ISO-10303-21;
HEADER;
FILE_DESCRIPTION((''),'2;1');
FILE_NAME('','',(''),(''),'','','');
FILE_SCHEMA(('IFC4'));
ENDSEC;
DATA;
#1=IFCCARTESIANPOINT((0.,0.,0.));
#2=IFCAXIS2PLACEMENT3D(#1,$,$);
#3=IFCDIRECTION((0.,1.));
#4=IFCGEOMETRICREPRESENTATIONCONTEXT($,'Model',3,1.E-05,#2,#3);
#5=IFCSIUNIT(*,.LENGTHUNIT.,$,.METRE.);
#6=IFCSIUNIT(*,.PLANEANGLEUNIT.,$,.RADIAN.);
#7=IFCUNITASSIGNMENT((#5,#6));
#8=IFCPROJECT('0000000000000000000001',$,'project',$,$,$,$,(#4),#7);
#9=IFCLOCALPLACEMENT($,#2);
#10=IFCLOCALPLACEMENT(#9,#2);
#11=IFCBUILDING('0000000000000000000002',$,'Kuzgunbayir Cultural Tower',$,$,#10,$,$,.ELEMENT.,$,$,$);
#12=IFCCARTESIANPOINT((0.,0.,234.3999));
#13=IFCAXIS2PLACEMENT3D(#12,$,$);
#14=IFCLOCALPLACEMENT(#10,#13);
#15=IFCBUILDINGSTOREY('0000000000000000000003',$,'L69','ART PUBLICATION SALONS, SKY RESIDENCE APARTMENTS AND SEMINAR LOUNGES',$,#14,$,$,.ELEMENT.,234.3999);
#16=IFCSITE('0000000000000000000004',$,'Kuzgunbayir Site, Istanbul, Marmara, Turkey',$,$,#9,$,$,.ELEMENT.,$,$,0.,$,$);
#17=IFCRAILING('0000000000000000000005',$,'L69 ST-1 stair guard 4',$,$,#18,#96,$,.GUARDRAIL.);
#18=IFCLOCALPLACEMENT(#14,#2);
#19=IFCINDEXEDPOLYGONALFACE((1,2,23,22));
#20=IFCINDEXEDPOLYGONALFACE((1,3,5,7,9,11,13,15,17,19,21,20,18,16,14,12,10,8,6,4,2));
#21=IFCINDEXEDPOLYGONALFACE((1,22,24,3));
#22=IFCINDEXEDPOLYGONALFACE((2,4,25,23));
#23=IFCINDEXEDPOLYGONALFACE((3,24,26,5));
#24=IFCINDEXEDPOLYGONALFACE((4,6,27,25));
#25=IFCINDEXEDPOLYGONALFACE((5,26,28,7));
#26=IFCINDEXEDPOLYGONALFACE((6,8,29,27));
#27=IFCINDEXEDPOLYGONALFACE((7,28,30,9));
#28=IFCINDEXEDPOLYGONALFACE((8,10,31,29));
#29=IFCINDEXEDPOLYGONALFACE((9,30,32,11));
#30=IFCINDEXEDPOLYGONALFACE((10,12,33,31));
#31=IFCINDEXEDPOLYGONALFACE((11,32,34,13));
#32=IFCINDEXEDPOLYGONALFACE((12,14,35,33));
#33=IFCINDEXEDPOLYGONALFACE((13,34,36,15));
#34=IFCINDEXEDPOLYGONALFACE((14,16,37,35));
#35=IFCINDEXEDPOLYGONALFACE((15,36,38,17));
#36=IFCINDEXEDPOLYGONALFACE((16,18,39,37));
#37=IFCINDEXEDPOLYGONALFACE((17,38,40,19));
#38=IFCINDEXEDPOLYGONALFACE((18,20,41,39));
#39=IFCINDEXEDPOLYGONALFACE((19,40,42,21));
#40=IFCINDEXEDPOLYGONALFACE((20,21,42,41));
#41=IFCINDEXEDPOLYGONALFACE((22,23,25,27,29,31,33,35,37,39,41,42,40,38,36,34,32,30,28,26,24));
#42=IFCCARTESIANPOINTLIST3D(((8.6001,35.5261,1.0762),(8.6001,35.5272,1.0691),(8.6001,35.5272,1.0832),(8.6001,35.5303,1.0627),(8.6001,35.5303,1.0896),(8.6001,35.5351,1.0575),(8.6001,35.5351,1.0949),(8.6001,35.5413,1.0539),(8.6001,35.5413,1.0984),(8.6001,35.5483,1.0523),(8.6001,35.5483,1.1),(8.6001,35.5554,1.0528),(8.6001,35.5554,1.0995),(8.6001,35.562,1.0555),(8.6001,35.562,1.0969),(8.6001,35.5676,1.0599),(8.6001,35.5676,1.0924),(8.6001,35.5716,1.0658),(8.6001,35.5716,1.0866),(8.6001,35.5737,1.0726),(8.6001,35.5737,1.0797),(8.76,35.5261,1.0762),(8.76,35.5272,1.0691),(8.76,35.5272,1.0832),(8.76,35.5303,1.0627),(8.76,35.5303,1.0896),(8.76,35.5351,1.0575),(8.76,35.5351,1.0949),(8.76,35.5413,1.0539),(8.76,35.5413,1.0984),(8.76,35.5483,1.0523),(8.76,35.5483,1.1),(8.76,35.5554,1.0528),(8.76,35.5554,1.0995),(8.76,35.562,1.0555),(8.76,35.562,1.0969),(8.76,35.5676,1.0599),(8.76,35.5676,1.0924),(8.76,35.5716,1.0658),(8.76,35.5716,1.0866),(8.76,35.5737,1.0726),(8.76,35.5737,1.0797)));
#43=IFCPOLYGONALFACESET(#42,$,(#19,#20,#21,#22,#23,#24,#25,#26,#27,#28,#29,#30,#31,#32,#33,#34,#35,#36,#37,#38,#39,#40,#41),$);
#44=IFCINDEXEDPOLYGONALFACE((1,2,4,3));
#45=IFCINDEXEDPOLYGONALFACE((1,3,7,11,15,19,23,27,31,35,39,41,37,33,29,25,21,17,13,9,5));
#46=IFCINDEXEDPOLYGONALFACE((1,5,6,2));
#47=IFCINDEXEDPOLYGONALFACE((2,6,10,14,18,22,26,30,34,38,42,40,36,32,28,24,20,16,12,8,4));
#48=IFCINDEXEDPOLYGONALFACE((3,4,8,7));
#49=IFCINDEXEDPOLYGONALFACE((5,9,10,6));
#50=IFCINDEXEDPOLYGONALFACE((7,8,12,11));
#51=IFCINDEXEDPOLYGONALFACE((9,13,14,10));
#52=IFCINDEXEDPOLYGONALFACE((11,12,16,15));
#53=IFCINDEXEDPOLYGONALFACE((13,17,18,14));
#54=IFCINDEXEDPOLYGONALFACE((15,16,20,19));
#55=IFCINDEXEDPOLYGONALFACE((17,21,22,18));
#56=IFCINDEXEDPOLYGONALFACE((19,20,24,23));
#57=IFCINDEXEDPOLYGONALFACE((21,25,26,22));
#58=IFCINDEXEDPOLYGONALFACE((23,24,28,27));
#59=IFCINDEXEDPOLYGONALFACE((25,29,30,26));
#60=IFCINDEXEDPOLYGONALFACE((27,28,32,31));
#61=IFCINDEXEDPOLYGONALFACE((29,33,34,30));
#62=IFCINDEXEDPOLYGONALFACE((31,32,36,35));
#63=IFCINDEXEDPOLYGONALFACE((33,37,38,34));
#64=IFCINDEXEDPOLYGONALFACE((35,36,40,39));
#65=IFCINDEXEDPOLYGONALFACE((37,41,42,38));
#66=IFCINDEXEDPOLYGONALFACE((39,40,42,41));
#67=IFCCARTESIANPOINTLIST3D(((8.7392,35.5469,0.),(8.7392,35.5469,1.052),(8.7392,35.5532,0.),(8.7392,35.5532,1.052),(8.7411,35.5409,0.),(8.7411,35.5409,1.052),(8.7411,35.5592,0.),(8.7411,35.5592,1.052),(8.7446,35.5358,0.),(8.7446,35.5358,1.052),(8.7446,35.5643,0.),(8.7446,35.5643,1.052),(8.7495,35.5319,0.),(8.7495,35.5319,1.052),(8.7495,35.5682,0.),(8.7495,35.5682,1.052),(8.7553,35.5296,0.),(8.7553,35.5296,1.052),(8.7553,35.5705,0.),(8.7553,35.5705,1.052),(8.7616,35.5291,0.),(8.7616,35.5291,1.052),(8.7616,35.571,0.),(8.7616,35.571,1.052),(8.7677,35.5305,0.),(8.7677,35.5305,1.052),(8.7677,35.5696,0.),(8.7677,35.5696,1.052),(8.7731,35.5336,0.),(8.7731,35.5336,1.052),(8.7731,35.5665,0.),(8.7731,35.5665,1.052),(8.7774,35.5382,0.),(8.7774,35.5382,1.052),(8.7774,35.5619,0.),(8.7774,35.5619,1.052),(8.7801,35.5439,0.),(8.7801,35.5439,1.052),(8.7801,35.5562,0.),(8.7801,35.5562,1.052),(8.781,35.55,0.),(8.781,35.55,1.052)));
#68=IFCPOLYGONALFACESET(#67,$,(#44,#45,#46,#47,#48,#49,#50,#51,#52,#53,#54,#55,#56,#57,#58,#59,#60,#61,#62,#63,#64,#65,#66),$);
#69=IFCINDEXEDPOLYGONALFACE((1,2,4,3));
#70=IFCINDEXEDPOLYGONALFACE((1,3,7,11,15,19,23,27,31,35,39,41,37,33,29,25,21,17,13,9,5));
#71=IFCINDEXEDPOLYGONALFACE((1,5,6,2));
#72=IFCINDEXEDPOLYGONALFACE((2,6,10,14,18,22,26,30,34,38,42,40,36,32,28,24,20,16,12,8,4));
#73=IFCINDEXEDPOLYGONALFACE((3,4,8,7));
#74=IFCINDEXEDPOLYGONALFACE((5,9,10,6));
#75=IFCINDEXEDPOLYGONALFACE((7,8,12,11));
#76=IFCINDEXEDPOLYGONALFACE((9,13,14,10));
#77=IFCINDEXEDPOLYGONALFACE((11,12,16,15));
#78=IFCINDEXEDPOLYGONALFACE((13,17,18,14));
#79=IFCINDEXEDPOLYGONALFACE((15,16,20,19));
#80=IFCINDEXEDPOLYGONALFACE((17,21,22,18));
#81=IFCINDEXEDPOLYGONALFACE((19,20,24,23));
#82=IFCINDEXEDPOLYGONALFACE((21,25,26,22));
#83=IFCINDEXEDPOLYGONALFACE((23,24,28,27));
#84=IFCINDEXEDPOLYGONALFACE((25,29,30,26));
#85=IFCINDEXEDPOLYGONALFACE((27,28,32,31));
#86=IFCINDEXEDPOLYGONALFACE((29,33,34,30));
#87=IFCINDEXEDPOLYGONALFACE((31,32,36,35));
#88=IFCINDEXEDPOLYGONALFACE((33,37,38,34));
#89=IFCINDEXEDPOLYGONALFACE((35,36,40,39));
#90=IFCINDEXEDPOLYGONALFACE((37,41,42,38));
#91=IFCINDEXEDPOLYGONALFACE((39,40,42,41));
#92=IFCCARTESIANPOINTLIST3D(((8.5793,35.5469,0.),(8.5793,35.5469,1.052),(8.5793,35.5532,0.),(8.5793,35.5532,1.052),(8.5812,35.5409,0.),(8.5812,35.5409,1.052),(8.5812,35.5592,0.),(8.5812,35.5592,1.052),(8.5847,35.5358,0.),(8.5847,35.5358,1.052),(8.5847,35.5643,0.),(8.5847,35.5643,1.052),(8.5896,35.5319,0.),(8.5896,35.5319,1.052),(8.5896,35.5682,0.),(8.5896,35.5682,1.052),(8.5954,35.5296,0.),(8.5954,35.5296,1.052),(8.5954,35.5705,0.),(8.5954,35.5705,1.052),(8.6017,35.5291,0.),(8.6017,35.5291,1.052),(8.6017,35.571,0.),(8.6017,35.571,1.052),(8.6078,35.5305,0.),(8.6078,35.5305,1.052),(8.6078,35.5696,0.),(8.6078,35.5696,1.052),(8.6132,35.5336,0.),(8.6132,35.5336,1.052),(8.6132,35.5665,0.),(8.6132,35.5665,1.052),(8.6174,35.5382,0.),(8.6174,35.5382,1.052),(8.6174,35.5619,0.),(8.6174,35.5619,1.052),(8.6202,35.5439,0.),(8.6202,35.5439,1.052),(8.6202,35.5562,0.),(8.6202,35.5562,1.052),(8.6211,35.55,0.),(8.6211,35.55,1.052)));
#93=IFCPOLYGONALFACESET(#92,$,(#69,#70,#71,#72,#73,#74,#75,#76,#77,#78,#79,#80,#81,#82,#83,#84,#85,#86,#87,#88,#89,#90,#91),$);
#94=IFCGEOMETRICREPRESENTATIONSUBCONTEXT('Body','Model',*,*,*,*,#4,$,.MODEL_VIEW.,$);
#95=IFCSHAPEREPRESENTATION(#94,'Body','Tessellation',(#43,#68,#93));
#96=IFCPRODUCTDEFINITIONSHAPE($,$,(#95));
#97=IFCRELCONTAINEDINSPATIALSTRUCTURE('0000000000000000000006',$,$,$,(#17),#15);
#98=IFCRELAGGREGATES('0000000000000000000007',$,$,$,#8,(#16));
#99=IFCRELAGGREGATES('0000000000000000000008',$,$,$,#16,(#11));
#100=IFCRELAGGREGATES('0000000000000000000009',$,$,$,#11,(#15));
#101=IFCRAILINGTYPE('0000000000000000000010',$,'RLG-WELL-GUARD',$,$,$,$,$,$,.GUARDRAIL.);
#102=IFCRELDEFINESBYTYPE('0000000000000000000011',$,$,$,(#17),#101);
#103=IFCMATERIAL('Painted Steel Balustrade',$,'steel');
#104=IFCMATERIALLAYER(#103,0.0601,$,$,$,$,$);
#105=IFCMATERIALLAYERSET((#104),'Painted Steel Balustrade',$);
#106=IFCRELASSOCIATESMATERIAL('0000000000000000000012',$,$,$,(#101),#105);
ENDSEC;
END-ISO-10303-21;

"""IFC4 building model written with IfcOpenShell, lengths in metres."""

from ifc_helpers import new_model, si_unit, direction, frame, origin, origin_2d, place, context, subcontext, project, spatial, circle, extrude, material, layer, layer_set, type_object, element, save


model = new_model("IFC4")

# Units and contexts
model_context = context("Model", 3, precision=1e-05, world=origin(), true_north=direction((0.0, 1.0)))
body_context = subcontext(model_context, "Body", "Model", "MODEL_VIEW")
ifc_project = project(units=[si_unit("LENGTHUNIT", "METRE"), si_unit("PLANEANGLEUNIT", "RADIAN")], contexts=[model_context])

# Site, building, storey
site_placement = place(None, origin())
site = spatial("IfcSite", under=ifc_project, at=site_placement, Name="Kuzgunbayir Site, Istanbul, Marmara, Turkey", CompositionType="ELEMENT", RefElevation=0.0)
building_placement = place(site_placement, origin())
building = spatial("IfcBuilding", under=site, at=building_placement, Name="Kuzgunbayir Cultural Tower", CompositionType="ELEMENT")
storey_placement = place(building_placement, frame((0.0, 0.0, 234.3999)))
storey = spatial("IfcBuildingStorey", under=building, at=storey_placement, Name="L69", Description="ART PUBLICATION SALONS, SKY RESIDENCE APARTMENTS AND SEMINAR LOUNGES", CompositionType="ELEMENT", Elevation=234.3999)

# Railing
ifc_material_1 = material(Name="Painted Steel Balustrade", Category="steel")
ifc_layer_1 = layer(ifc_material_1, 0.0601)
ifc_layer_set_1 = layer_set([ifc_layer_1], Name="Painted Steel Balustrade")
railing_type_1 = type_object("IfcRailingType", Name="RLG-WELL-GUARD", PredefinedType="GUARDRAIL", material=ifc_layer_set_1)
railing_1_placement = place(storey_placement, frame((8.76, 35.55, 0.0)))
element("IfcRailing", 1, at=railing_1_placement, inside=storey, type_object=railing_type_1, Name="L69 ST-1 stair guard 4", PredefinedType="GUARDRAIL", context=body_context, shape_type="SweptSolid", body=[
    extrude(circle(Radius=0.0239, at=origin_2d()), frame((0.0, 0.0, 1.0762), z_axis=(-1.0, 0.0, 0.0), x_axis=(0.0, -1.0, 0.0)), (0.0, 0.0, 1.0), 0.1599),
    extrude(circle(Radius=0.021, at=origin_2d()), origin(), (0.0, 0.0, 1.0), 1.052),
    extrude(circle(Radius=0.021, at=origin_2d()), frame((-0.1599, 0.0, 0.0)), (0.0, 0.0, 1.0), 1.052),
])

save(model, "model.ifc")
